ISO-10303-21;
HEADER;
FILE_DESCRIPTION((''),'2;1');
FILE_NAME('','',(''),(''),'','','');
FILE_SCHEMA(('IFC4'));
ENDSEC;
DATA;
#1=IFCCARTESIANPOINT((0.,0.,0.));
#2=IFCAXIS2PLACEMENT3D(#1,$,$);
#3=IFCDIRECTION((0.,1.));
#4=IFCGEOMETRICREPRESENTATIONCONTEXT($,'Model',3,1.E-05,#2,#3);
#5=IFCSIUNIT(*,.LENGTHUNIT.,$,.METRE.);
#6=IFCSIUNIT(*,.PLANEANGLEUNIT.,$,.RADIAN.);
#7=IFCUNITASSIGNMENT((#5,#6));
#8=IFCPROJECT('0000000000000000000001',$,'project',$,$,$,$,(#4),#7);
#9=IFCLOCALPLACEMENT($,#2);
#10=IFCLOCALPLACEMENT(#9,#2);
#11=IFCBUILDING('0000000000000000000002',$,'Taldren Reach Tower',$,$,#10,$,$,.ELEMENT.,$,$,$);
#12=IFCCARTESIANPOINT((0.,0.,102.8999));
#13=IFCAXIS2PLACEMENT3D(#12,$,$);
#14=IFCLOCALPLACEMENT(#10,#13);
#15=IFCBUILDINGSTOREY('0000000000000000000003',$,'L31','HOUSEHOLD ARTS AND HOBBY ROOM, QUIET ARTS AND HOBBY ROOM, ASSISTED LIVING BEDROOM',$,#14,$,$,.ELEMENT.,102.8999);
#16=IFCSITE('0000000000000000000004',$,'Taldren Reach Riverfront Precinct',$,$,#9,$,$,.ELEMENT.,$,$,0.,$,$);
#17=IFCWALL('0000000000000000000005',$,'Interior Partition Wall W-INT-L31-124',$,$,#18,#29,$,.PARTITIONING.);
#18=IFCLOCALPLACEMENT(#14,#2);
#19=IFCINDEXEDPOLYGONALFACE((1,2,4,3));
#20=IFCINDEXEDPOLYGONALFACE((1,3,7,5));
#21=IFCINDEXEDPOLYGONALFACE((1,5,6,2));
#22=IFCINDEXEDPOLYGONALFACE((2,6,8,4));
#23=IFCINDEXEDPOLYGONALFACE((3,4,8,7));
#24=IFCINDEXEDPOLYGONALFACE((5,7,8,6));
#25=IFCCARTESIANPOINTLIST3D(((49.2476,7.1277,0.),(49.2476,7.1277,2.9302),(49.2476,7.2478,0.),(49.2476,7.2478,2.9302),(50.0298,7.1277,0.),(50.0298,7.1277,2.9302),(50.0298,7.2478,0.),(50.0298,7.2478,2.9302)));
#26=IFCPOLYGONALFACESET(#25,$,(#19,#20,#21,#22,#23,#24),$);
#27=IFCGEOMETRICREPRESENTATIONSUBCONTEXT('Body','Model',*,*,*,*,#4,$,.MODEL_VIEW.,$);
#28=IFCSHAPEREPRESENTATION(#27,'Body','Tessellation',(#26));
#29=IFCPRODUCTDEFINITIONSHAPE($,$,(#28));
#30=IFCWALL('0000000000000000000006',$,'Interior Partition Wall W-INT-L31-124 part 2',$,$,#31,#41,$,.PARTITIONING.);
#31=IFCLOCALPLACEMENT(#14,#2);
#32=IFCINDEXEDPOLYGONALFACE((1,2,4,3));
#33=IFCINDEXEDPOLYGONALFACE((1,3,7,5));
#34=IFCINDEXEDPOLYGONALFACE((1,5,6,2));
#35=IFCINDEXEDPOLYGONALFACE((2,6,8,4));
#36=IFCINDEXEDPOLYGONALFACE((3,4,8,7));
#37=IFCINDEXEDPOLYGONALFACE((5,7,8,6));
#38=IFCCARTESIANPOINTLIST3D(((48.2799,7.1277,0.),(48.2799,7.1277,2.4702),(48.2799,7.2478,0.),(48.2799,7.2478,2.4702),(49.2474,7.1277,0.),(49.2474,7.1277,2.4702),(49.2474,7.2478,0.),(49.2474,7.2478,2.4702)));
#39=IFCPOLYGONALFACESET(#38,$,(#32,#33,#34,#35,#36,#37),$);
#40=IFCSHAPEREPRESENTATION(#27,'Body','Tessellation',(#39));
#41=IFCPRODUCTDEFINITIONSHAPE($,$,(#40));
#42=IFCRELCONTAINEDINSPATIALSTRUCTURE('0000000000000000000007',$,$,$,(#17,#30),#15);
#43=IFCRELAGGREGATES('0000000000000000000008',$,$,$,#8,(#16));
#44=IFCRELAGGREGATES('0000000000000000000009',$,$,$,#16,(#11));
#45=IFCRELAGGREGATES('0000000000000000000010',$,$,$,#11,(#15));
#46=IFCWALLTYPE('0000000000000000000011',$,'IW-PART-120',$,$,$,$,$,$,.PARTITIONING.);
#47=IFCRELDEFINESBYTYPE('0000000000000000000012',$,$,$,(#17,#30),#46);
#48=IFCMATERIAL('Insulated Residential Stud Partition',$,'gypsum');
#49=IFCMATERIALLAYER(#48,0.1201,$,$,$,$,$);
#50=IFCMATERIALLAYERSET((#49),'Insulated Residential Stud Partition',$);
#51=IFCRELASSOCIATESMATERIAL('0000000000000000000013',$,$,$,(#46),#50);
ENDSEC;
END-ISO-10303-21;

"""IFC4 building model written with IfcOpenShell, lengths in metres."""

from ifc_helpers import new_model, si_unit, direction, frame, frame_2d, origin, place, context, subcontext, project, spatial, rectangle, extrude, source, transform, mapped, material, layer, layer_set, type_object, element, save


model = new_model("IFC4")

# Units and contexts
model_context = context("Model", 3, precision=1e-05, world=origin(), true_north=direction((0.0, 1.0)))
body_context = subcontext(model_context, "Body", "Model", "MODEL_VIEW")
ifc_project = project(units=[si_unit("LENGTHUNIT", "METRE"), si_unit("PLANEANGLEUNIT", "RADIAN")], contexts=[model_context])

# Site, building, storey
site_placement = place(None, origin())
site = spatial("IfcSite", under=ifc_project, at=site_placement, Name="Taldren Reach Riverfront Precinct", CompositionType="ELEMENT", RefElevation=0.0)
building_placement = place(site_placement, origin())
building = spatial("IfcBuilding", under=site, at=building_placement, Name="Taldren Reach Tower", CompositionType="ELEMENT")
storey_placement = place(building_placement, frame((0.0, 0.0, 102.8999)))
storey = spatial("IfcBuildingStorey", under=building, at=storey_placement, Name="L31", Description="HOUSEHOLD ARTS AND HOBBY ROOM, QUIET ARTS AND HOBBY ROOM, ASSISTED LIVING BEDROOM", CompositionType="ELEMENT", Elevation=102.8999)

# Shared definitions
ifc_material_1 = material(Name="Insulated Residential Stud Partition", Category="gypsum")
ifc_layer_1 = layer(ifc_material_1, 0.1201)
ifc_layer_set_1 = layer_set([ifc_layer_1], Name="Insulated Residential Stud Partition")
wall_type_1 = type_object("IfcWallType", Name="IW-PART-120", PredefinedType="PARTITIONING", material=ifc_layer_set_1)

# Walls
shared_shape_1 = source(origin(), body_context, "Body", "SweptSolid", [
    extrude(rectangle(XDim=0.7822, YDim=0.1201, at=frame_2d((0.3911, 0.0))), origin(), (0.0, 0.0, 1.0), 2.9302),
])
wall_1_placement = place(storey_placement, frame((50.0298, 7.1877, 0.0), z_axis=(0.0, 0.0, 1.0), x_axis=(-1.0, 0.0, 0.0)))
element("IfcWall", 1, at=wall_1_placement, inside=storey, type_object=wall_type_1, Name="Interior Partition Wall W-INT-L31-124", PredefinedType="PARTITIONING", context=body_context, shape_type="MappedRepresentation", body=[
    mapped(shared_shape_1, transform((0.0, 0.0, 0.0), scale=1.0)),
])
shared_shape_2 = source(origin(), body_context, "Body", "SweptSolid", [
    extrude(rectangle(XDim=0.9675, YDim=0.1201, at=frame_2d((0.4839, 0.0))), origin(), (0.0, 0.0, 1.0), 2.4702),
])
wall_2_placement = place(storey_placement, frame((49.2476, 7.1877, 0.0), z_axis=(0.0, 0.0, 1.0), x_axis=(-1.0, 0.0, 0.0)))
element("IfcWall", 2, at=wall_2_placement, inside=storey, type_object=wall_type_1, Name="Interior Partition Wall W-INT-L31-124 part 2", PredefinedType="PARTITIONING", context=body_context, shape_type="MappedRepresentation", body=[
    mapped(shared_shape_2, transform((0.0, 0.0, 0.0), scale=1.0)),
])

save(model, "model.ifc")
